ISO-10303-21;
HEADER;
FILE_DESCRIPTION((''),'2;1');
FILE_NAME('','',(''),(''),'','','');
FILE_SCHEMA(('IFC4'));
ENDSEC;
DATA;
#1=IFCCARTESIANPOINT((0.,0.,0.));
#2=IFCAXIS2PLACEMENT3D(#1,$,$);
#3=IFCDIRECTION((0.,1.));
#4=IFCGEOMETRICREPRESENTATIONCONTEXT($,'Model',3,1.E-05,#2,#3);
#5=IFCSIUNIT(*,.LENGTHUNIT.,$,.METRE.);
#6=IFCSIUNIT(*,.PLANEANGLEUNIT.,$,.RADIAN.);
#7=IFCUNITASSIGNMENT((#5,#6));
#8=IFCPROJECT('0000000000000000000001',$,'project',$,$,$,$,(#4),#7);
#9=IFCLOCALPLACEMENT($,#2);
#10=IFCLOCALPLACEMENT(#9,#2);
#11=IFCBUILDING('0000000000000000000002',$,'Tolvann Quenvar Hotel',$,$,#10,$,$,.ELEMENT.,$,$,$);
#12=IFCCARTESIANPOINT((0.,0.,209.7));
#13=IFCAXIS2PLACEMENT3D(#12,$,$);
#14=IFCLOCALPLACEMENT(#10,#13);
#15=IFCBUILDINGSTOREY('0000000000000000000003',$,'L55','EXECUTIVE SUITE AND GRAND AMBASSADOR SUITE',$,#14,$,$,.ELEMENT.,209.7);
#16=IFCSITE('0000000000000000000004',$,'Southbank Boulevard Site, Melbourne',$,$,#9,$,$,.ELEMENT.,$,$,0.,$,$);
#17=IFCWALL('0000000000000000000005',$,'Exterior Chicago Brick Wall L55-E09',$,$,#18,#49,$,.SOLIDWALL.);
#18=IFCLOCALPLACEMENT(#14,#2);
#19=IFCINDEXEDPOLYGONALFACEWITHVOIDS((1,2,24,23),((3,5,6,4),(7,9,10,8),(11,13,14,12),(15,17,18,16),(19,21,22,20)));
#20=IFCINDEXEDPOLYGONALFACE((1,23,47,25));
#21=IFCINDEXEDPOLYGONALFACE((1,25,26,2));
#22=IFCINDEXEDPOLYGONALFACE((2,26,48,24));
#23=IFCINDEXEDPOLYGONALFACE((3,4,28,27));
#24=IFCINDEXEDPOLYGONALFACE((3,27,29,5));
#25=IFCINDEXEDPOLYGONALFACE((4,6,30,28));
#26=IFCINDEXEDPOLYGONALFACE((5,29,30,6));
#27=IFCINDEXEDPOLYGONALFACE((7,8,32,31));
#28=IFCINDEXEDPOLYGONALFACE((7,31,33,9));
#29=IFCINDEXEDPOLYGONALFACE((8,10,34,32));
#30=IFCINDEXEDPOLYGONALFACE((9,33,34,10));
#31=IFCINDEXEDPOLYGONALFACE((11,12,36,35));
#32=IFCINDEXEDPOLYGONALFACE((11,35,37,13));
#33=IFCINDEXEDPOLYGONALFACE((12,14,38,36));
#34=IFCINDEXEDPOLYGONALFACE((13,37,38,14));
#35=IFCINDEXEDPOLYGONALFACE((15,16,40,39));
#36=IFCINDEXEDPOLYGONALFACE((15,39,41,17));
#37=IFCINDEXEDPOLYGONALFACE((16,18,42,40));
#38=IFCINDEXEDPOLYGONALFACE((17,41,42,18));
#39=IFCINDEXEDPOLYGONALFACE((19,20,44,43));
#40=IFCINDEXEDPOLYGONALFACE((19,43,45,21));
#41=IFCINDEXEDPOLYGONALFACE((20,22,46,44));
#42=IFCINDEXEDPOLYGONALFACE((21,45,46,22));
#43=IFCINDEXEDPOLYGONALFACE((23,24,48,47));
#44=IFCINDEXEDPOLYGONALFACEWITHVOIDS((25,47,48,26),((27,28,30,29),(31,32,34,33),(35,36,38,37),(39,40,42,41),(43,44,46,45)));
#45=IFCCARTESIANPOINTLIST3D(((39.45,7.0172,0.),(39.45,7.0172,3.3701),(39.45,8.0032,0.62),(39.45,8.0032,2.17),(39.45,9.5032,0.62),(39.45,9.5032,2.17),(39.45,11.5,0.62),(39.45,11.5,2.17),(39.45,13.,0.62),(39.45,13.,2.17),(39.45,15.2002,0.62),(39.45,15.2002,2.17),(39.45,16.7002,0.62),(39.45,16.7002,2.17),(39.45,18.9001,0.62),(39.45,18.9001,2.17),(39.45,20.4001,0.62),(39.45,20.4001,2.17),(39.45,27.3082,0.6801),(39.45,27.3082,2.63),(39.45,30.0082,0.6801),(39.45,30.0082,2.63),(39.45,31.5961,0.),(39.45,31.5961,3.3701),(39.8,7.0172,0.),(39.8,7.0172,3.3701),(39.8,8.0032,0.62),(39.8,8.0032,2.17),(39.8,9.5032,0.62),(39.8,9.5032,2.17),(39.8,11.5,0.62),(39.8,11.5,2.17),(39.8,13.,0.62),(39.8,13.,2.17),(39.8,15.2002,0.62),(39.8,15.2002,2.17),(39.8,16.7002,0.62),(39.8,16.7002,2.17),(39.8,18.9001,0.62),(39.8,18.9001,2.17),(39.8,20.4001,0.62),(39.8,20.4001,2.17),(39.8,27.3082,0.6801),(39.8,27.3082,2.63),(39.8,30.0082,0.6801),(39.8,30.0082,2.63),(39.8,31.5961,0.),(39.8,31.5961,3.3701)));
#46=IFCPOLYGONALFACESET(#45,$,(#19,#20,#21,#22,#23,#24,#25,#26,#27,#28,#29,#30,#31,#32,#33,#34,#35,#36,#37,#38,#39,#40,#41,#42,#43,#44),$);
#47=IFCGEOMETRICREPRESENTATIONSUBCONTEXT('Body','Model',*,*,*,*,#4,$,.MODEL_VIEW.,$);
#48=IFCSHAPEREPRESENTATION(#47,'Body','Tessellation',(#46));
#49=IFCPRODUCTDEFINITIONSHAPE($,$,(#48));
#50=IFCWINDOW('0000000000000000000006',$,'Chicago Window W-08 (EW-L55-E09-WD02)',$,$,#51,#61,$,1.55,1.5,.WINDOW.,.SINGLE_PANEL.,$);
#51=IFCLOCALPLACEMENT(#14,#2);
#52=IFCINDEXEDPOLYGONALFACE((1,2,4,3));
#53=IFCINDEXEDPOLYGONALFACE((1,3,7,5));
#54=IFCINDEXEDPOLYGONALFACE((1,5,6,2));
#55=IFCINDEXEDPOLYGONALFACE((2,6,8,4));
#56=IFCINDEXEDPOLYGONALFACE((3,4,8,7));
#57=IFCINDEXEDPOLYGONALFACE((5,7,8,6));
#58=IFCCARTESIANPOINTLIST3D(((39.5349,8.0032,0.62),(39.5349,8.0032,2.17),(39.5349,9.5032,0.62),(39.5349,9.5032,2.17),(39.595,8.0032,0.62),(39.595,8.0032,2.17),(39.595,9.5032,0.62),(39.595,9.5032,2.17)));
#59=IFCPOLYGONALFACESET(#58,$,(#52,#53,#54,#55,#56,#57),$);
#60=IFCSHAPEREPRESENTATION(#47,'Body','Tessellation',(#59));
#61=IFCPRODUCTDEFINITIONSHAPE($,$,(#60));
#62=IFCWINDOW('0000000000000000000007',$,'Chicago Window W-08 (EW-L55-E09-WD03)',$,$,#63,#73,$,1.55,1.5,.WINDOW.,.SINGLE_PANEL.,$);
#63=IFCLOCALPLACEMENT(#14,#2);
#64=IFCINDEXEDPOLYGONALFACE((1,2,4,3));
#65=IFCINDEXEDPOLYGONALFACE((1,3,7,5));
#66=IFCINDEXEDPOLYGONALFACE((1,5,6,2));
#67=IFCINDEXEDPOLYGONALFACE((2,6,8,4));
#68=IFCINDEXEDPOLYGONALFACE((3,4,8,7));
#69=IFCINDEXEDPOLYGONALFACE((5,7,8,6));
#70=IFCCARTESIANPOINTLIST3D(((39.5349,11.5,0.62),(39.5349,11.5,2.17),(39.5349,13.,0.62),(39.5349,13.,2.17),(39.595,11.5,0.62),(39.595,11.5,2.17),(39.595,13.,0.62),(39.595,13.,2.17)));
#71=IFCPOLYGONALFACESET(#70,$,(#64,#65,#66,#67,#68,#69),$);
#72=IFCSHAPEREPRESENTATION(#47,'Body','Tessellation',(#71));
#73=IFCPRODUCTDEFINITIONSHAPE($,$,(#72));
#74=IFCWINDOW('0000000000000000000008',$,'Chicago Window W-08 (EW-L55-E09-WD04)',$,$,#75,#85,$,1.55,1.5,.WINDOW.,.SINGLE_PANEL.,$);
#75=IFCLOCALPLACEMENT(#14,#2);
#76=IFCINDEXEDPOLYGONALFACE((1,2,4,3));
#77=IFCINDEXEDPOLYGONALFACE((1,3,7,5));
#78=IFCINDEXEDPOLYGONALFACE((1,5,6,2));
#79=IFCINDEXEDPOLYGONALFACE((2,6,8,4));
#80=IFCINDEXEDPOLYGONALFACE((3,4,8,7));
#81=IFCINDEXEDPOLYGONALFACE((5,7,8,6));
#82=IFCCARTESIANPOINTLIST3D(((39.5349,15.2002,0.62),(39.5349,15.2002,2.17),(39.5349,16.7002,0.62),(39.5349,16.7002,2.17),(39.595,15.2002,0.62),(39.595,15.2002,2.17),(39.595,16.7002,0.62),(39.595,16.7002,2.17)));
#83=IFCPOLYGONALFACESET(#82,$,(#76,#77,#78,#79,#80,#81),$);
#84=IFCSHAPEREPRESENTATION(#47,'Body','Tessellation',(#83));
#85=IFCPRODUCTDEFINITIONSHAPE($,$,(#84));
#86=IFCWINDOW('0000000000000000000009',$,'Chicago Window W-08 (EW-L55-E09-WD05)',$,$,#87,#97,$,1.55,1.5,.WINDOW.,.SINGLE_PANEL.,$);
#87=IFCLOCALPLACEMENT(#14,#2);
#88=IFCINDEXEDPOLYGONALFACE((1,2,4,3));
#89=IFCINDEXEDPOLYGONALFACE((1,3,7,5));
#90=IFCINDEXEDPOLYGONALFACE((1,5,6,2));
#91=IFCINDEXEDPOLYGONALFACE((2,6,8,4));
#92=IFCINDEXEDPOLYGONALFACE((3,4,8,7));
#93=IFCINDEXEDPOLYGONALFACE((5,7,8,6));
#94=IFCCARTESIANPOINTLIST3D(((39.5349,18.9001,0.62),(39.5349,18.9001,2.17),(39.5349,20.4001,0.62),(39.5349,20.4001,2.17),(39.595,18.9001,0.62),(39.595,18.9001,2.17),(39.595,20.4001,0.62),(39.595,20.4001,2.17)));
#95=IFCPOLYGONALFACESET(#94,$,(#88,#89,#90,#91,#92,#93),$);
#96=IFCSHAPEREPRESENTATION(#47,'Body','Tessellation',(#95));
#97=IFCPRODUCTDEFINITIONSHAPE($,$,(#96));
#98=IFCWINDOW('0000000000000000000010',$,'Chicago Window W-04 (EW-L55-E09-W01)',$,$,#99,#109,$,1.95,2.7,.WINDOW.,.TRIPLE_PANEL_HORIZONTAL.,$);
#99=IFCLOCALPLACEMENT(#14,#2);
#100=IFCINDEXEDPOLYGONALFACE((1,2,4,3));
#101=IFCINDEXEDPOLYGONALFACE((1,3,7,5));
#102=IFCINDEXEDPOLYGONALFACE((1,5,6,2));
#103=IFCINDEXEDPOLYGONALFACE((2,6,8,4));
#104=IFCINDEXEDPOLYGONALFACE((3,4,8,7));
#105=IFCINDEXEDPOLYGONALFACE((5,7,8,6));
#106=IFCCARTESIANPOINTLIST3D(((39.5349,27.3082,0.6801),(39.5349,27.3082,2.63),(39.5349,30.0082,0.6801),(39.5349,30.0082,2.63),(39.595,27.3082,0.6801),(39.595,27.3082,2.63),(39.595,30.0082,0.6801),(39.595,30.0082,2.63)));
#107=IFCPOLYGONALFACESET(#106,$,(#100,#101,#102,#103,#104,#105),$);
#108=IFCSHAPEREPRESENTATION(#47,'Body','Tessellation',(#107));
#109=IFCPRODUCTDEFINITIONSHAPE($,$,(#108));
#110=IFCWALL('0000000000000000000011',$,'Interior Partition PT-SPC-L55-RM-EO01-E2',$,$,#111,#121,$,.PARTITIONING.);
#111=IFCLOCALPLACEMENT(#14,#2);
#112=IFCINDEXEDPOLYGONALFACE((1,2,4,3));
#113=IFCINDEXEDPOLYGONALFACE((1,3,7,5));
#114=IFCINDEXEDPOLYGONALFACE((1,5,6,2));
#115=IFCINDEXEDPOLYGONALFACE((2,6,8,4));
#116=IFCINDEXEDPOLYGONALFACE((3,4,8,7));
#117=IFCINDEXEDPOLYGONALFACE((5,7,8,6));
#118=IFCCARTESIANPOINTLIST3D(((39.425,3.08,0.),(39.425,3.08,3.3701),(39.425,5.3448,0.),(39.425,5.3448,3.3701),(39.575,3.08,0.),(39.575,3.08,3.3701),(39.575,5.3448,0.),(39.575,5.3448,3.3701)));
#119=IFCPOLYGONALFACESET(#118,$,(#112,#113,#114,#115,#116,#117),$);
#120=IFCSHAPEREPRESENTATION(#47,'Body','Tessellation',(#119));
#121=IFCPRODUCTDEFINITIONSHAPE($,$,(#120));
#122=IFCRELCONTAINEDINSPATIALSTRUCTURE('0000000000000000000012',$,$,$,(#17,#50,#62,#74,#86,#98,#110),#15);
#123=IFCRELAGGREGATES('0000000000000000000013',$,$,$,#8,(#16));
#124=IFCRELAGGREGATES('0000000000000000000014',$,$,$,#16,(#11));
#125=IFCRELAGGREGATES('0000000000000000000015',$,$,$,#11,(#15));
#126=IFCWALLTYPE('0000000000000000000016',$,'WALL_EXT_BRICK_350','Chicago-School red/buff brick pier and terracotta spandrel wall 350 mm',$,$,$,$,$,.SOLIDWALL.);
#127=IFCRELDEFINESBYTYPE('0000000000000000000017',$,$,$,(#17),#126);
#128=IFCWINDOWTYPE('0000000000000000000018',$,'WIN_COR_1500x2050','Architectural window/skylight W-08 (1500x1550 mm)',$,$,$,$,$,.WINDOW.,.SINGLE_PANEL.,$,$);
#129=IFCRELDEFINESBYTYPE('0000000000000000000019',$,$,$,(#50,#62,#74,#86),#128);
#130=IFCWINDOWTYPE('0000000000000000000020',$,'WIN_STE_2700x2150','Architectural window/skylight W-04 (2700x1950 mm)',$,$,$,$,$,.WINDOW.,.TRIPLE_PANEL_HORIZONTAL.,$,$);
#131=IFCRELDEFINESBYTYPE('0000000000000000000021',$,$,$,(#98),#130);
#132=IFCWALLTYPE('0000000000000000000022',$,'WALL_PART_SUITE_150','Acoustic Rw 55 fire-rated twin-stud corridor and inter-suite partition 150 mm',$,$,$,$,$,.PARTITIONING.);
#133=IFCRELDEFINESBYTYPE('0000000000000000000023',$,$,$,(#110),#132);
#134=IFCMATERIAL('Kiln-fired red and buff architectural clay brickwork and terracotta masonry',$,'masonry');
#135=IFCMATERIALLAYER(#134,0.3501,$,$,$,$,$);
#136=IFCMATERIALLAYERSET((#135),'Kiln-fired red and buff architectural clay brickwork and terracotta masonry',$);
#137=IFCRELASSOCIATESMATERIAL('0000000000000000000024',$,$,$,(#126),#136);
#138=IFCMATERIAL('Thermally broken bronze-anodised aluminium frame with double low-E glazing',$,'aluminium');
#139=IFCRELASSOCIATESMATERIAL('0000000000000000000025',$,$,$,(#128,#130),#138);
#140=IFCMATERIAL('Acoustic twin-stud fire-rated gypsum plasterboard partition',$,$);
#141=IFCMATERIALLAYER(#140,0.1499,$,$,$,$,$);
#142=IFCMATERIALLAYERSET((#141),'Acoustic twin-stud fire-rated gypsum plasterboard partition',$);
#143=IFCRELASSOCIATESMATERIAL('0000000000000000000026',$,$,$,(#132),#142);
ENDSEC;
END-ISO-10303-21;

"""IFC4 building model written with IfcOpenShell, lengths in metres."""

from ifc_helpers import new_model, si_unit, direction, frame, frame_2d, origin, place, context, subcontext, project, spatial, rectangle, extrude, source, transform, mapped, material, layer, layer_set, type_object, type_shapes, element, fill, save


model = new_model("IFC4")

# Units and contexts
model_context = context("Model", 3, precision=1e-05, world=origin(), true_north=direction((0.0, 1.0)))
body_context = subcontext(model_context, "Body", "Model", "MODEL_VIEW")
ifc_project = project(units=[si_unit("LENGTHUNIT", "METRE"), si_unit("PLANEANGLEUNIT", "RADIAN")], contexts=[model_context])

# Site, building, storey
site_placement = place(None, origin())
site = spatial("IfcSite", under=ifc_project, at=site_placement, Name="Southbank Boulevard Site, Melbourne", CompositionType="ELEMENT", RefElevation=0.0)
building_placement = place(site_placement, origin())
building = spatial("IfcBuilding", under=site, at=building_placement, Name="Tolvann Quenvar Hotel", CompositionType="ELEMENT")
storey_placement = place(building_placement, frame((0.0, 0.0, 209.7)))
storey = spatial("IfcBuildingStorey", under=building, at=storey_placement, Name="L55", Description="EXECUTIVE SUITE AND GRAND AMBASSADOR SUITE", CompositionType="ELEMENT", Elevation=209.7)

# Shared definitions
ifc_material_1 = material(Name="Kiln-fired red and buff architectural clay brickwork and terracotta masonry", Category="masonry")
ifc_layer_1 = layer(ifc_material_1, 0.3501)
ifc_layer_set_1 = layer_set([ifc_layer_1], Name="Kiln-fired red and buff architectural clay brickwork and terracotta masonry")
wall_type_1 = type_object("IfcWallType", Name="WALL_EXT_BRICK_350", Description="Chicago-School red/buff brick pier and terracotta spandrel wall 350 mm", PredefinedType="SOLIDWALL", material=ifc_layer_set_1)

# Wall, openings, windows
wall_1_placement = place(storey_placement, frame((39.625, 7.0171, 0.0), z_axis=(0.0, 0.0, 1.0), x_axis=(0.0, 1.0, 0.0)))
wall_1 = element("IfcWall", 1, at=wall_1_placement, inside=storey, type_object=wall_type_1, Name="Exterior Chicago Brick Wall L55-E09", PredefinedType="SOLIDWALL", context=body_context, shape_type="SweptSolid", body=[
    extrude(rectangle(XDim=24.5789, YDim=0.3501, at=frame_2d((12.2896, 0.0))), origin(), (0.0, 0.0, 1.0), 3.3701),
])
opening_1_placement = place(wall_1_placement, frame((20.291, 0.0, 0.6799)))
opening_1 = element("IfcOpeningElement", 2, at=opening_1_placement, cuts=wall_1, PredefinedType="OPENING", context=body_context, shape_type="SweptSolid", body=[
    extrude(rectangle(XDim=2.7, YDim=1.95, at=frame_2d((1.3501, 0.9751))), frame((0.0, 0.1851, 0.0), z_axis=(0.0, -1.0, 0.0), x_axis=(1.0, 0.0, 0.0)), (0.0, 0.0, 1.0), 0.3701),
])
opening_2_placement = place(wall_1_placement, frame((0.9861, 0.0, 0.6201)))
opening_2 = element("IfcOpeningElement", 3, at=opening_2_placement, cuts=wall_1, PredefinedType="OPENING", context=body_context, shape_type="SweptSolid", body=[
    extrude(rectangle(XDim=1.5, YDim=1.55, at=frame_2d((0.75, 0.7749))), frame((0.0, 0.1851, 0.0), z_axis=(0.0, -1.0, 0.0), x_axis=(1.0, 0.0, 0.0)), (0.0, 0.0, 1.0), 0.3701),
])
opening_3_placement = place(wall_1_placement, frame((4.4829, 0.0, 0.6201)))
opening_3 = element("IfcOpeningElement", 4, at=opening_3_placement, cuts=wall_1, PredefinedType="OPENING", context=body_context, shape_type="SweptSolid", body=[
    extrude(rectangle(XDim=1.5, YDim=1.55, at=frame_2d((0.75, 0.7749))), frame((0.0, 0.1851, 0.0), z_axis=(0.0, -1.0, 0.0), x_axis=(1.0, 0.0, 0.0)), (0.0, 0.0, 1.0), 0.3701),
])
opening_4_placement = place(wall_1_placement, frame((8.1831, 0.0, 0.6201)))
opening_4 = element("IfcOpeningElement", 5, at=opening_4_placement, cuts=wall_1, PredefinedType="OPENING", context=body_context, shape_type="SweptSolid", body=[
    extrude(rectangle(XDim=1.5, YDim=1.55, at=frame_2d((0.75, 0.7749))), frame((0.0, 0.1851, 0.0), z_axis=(0.0, -1.0, 0.0), x_axis=(1.0, 0.0, 0.0)), (0.0, 0.0, 1.0), 0.3701),
])
opening_5_placement = place(wall_1_placement, frame((11.8831, 0.0, 0.6201)))
opening_5 = element("IfcOpeningElement", 6, at=opening_5_placement, cuts=wall_1, PredefinedType="OPENING", context=body_context, shape_type="SweptSolid", body=[
    extrude(rectangle(XDim=1.5, YDim=1.55, at=frame_2d((0.75, 0.7749))), frame((0.0, 0.1851, 0.0), z_axis=(0.0, -1.0, 0.0), x_axis=(1.0, 0.0, 0.0)), (0.0, 0.0, 1.0), 0.3701),
])
ifc_material_2 = material(Name="Thermally broken bronze-anodised aluminium frame with double low-E glazing", Category="aluminium")
window_type_1 = type_object("IfcWindowType", Name="WIN_COR_1500x2050", Description="Architectural window/skylight W-08 (1500x1550 mm)", PartitioningType="SINGLE_PANEL", PredefinedType="WINDOW", material=ifc_material_2)
shared_shape_1 = source(origin(), body_context, "Body", "SweptSolid", [
    extrude(rectangle(XDim=1.5, YDim=1.55, at=frame_2d((0.75, 0.7749))), frame((0.0, 0.0901, 0.0), z_axis=(0.0, -1.0, 0.0), x_axis=(1.0, 0.0, 0.0)), (0.0, 0.0, 1.0), 0.0601),
])
type_shapes(window_type_1, [shared_shape_1])
window_1_placement = place(opening_2_placement, origin())
window_1 = element("IfcWindow", 7, at=window_1_placement, inside=storey, type_object=window_type_1, Name="Chicago Window W-08 (EW-L55-E09-WD02)", OverallHeight=1.55, OverallWidth=1.5, PartitioningType="SINGLE_PANEL", PredefinedType="WINDOW", context=body_context, shape_type="MappedRepresentation", body=[
    mapped(shared_shape_1, transform((0.0, 0.0, 0.0), x_axis=(1.0, 0.0, 0.0), y_axis=(0.0, 1.0, 0.0), z_axis=(0.0, 0.0, 1.0), scale=1.0)),
])
fill(opening_2, window_1)
window_2_placement = place(opening_3_placement, origin())
window_2 = element("IfcWindow", 8, at=window_2_placement, inside=storey, type_object=window_type_1, Name="Chicago Window W-08 (EW-L55-E09-WD03)", OverallHeight=1.55, OverallWidth=1.5, PartitioningType="SINGLE_PANEL", PredefinedType="WINDOW", context=body_context, shape_type="MappedRepresentation", body=[
    mapped(shared_shape_1, transform((0.0, 0.0, 0.0), x_axis=(1.0, 0.0, 0.0), y_axis=(0.0, 1.0, 0.0), z_axis=(0.0, 0.0, 1.0), scale=1.0)),
])
fill(opening_3, window_2)
window_3_placement = place(opening_4_placement, origin())
window_3 = element("IfcWindow", 9, at=window_3_placement, inside=storey, type_object=window_type_1, Name="Chicago Window W-08 (EW-L55-E09-WD04)", OverallHeight=1.55, OverallWidth=1.5, PartitioningType="SINGLE_PANEL", PredefinedType="WINDOW", context=body_context, shape_type="MappedRepresentation", body=[
    mapped(shared_shape_1, transform((0.0, 0.0, 0.0), x_axis=(1.0, 0.0, 0.0), y_axis=(0.0, 1.0, 0.0), z_axis=(0.0, 0.0, 1.0), scale=1.0)),
])
fill(opening_4, window_3)
window_4_placement = place(opening_5_placement, origin())
window_4 = element("IfcWindow", 10, at=window_4_placement, inside=storey, type_object=window_type_1, Name="Chicago Window W-08 (EW-L55-E09-WD05)", OverallHeight=1.55, OverallWidth=1.5, PartitioningType="SINGLE_PANEL", PredefinedType="WINDOW", context=body_context, shape_type="MappedRepresentation", body=[
    mapped(shared_shape_1, transform((0.0, 0.0, 0.0), x_axis=(1.0, 0.0, 0.0), y_axis=(0.0, 1.0, 0.0), z_axis=(0.0, 0.0, 1.0), scale=1.0)),
])
fill(opening_5, window_4)
window_type_2 = type_object("IfcWindowType", Name="WIN_STE_2700x2150", Description="Architectural window/skylight W-04 (2700x1950 mm)", PartitioningType="TRIPLE_PANEL_HORIZONTAL", PredefinedType="WINDOW", material=ifc_material_2)
shared_shape_2 = source(origin(), body_context, "Body", "SweptSolid", [
    extrude(rectangle(XDim=2.7, YDim=1.95, at=frame_2d((1.3501, 0.9751))), frame((0.0, 0.0901, 0.0), z_axis=(0.0, -1.0, 0.0), x_axis=(1.0, 0.0, 0.0)), (0.0, 0.0, 1.0), 0.0601),
])
type_shapes(window_type_2, [shared_shape_2])
window_5_placement = place(opening_1_placement, origin())
window_5 = element("IfcWindow", 11, at=window_5_placement, inside=storey, type_object=window_type_2, Name="Chicago Window W-04 (EW-L55-E09-W01)", OverallHeight=1.95, OverallWidth=2.7, PartitioningType="TRIPLE_PANEL_HORIZONTAL", PredefinedType="WINDOW", context=body_context, shape_type="MappedRepresentation", body=[
    mapped(shared_shape_2, transform((0.0, 0.0, 0.0), x_axis=(1.0, 0.0, 0.0), y_axis=(0.0, 1.0, 0.0), z_axis=(0.0, 0.0, 1.0), scale=1.0)),
])
fill(opening_1, window_5)

# Wall
ifc_material_3 = material(Name="Acoustic twin-stud fire-rated gypsum plasterboard partition")
ifc_layer_2 = layer(ifc_material_3, 0.1499)
ifc_layer_set_2 = layer_set([ifc_layer_2], Name="Acoustic twin-stud fire-rated gypsum plasterboard partition")
wall_type_2 = type_object("IfcWallType", Name="WALL_PART_SUITE_150", Description="Acoustic Rw 55 fire-rated twin-stud corridor and inter-suite partition 150 mm", PredefinedType="PARTITIONING", material=ifc_layer_set_2)
wall_2_placement = place(storey_placement, frame((39.5, 3.0801, 0.0), z_axis=(0.0, 0.0, 1.0), x_axis=(0.0, 1.0, 0.0)))
element("IfcWall", 12, at=wall_2_placement, inside=storey, type_object=wall_type_2, Name="Interior Partition PT-SPC-L55-RM-EO01-E2", PredefinedType="PARTITIONING", context=body_context, shape_type="SweptSolid", body=[
    extrude(rectangle(XDim=2.2649, YDim=0.1499, at=frame_2d((1.1323, 0.0))), origin(), (0.0, 0.0, 1.0), 3.3701),
])

save(model, "model.ifc")
